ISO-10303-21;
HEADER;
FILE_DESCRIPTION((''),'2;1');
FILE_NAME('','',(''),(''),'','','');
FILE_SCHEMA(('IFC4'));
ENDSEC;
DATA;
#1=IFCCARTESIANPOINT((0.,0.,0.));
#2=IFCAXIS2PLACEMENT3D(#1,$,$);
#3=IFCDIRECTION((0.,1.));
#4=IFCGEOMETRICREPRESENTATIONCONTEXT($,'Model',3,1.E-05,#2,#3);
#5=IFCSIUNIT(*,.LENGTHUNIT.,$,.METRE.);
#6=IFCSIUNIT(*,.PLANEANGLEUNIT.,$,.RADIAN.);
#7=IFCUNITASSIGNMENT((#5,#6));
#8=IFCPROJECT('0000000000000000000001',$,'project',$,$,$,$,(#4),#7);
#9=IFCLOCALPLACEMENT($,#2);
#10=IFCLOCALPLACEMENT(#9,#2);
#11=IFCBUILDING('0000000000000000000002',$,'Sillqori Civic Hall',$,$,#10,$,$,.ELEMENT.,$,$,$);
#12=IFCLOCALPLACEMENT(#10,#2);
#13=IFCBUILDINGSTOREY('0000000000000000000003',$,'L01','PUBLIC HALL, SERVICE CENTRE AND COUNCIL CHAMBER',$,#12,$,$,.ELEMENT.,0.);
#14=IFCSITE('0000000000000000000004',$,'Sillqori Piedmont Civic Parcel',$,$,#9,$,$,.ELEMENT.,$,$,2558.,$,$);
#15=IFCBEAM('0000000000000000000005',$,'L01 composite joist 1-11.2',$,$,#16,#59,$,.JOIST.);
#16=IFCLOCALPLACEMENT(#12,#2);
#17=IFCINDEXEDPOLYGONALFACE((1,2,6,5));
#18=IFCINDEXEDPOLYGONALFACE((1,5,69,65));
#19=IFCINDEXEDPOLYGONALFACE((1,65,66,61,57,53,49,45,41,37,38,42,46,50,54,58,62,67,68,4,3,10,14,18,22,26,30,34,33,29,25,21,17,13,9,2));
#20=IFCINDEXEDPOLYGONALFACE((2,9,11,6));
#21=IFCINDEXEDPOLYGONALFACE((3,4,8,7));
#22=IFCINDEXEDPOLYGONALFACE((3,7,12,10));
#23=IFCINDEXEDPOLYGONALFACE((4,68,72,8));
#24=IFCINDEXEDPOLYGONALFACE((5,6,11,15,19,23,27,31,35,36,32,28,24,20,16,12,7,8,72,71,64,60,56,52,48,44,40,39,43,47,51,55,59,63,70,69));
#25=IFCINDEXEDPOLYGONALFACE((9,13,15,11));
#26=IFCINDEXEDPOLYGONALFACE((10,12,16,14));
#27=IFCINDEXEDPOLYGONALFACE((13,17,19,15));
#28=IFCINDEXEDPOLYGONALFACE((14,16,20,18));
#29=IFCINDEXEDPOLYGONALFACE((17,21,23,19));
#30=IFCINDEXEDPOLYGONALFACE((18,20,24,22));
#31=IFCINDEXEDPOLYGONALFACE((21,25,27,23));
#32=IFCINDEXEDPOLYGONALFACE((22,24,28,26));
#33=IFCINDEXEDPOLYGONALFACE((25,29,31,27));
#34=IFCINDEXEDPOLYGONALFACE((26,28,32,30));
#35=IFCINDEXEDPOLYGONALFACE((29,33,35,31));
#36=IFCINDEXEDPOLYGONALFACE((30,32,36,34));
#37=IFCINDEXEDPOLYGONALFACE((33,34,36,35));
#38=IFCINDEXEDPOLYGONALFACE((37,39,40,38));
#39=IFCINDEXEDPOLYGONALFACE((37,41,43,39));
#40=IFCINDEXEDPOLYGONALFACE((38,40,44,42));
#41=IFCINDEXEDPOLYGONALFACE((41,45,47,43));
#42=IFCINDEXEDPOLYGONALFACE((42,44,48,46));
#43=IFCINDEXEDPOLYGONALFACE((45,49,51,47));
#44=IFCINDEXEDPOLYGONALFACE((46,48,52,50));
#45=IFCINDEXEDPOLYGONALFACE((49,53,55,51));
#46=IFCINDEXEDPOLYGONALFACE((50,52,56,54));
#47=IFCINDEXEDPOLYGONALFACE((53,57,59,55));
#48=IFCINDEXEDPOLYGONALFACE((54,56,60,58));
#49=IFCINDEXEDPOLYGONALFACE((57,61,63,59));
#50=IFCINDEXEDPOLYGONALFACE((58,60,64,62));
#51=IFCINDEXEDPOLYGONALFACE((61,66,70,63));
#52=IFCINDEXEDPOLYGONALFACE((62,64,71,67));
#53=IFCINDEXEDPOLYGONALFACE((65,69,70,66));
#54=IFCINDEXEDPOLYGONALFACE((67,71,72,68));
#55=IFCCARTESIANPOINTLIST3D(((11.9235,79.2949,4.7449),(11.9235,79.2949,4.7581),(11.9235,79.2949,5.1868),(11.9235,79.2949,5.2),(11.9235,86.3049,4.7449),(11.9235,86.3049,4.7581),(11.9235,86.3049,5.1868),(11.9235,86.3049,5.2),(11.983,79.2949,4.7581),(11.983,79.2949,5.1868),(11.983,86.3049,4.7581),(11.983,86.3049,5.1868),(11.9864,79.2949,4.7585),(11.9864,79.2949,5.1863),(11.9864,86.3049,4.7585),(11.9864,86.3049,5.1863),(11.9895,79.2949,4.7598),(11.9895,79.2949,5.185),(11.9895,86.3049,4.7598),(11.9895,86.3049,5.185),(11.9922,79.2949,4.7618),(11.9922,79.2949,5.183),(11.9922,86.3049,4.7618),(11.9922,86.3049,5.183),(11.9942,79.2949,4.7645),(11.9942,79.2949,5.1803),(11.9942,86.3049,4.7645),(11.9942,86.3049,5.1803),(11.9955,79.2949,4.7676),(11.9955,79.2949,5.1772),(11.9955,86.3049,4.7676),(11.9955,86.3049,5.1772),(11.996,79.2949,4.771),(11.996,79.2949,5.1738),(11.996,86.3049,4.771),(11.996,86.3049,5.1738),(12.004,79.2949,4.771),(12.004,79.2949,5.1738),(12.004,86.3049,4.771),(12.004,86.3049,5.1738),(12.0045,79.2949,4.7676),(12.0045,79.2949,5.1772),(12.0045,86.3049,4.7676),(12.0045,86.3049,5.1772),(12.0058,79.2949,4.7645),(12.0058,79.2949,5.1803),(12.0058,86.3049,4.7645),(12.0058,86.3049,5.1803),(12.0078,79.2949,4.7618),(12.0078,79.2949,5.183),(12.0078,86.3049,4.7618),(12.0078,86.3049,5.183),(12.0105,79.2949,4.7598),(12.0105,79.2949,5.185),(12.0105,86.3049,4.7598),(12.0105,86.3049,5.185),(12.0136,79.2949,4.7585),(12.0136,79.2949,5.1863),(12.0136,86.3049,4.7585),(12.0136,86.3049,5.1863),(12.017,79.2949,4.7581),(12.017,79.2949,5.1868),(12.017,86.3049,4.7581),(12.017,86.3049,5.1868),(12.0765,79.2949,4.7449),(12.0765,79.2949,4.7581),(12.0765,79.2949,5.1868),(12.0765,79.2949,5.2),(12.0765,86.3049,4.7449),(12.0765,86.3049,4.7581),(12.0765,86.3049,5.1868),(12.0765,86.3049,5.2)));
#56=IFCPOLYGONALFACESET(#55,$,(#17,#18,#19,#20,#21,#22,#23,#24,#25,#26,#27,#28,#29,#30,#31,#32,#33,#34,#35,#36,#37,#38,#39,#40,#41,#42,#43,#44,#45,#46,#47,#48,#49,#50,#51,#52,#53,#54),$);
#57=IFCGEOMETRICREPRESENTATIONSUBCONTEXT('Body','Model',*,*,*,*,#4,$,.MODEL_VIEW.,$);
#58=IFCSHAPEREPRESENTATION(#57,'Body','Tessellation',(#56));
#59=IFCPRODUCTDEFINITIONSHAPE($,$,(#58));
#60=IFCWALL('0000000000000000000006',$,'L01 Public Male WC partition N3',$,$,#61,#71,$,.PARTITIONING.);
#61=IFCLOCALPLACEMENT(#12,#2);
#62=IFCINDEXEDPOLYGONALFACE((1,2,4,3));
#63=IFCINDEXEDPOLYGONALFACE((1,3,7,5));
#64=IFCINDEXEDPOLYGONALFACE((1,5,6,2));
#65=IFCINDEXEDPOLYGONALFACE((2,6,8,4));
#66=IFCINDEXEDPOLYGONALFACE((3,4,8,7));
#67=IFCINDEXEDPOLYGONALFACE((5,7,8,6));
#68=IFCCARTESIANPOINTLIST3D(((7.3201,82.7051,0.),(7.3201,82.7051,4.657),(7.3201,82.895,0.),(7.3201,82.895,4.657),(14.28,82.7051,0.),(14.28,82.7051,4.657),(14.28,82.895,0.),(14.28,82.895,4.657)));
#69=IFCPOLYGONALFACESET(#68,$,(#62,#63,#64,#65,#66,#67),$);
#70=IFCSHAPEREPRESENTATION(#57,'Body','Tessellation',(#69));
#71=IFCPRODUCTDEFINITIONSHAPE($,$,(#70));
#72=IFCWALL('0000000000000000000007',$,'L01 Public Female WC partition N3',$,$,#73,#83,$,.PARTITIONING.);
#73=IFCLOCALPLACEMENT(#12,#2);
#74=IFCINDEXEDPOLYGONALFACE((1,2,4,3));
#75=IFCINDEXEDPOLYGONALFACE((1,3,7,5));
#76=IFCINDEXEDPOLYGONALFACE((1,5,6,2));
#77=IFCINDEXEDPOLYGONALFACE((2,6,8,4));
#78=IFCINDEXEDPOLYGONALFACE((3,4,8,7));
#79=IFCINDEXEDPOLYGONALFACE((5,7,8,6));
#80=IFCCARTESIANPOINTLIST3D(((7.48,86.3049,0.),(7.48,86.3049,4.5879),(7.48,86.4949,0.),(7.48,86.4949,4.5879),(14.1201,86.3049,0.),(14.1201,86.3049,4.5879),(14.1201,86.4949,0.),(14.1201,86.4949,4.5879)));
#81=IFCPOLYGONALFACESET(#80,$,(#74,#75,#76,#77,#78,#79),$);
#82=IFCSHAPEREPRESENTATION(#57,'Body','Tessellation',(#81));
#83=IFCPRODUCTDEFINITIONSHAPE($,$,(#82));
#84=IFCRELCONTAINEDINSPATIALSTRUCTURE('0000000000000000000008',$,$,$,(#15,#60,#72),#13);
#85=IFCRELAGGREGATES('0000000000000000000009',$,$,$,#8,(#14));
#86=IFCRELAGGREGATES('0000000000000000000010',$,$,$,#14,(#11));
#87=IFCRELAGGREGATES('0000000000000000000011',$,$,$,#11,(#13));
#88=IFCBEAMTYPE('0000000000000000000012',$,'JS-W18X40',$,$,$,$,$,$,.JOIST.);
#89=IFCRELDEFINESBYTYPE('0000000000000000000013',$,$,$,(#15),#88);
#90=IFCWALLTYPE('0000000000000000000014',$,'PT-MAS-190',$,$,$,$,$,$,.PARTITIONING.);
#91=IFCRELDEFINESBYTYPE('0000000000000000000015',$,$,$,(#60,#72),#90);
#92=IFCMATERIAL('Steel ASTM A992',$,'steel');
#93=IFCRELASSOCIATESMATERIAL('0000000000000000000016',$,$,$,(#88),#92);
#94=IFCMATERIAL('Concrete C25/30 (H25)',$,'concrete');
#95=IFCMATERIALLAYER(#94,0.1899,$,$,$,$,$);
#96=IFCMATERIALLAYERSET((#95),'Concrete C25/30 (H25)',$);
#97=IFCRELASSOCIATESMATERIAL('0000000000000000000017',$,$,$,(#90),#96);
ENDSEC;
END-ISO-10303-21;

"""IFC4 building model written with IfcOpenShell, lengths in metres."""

from ifc_helpers import new_model, si_unit, direction, frame, frame_2d, origin, origin_2d, place, context, subcontext, project, spatial, rectangle, i_section, extrude, material, layer, layer_set, material_profile, profile_set, type_object, element, save


model = new_model("IFC4")

# Units and contexts
model_context = context("Model", 3, precision=1e-05, world=origin(), true_north=direction((0.0, 1.0)))
body_context = subcontext(model_context, "Body", "Model", "MODEL_VIEW")
ifc_project = project(units=[si_unit("LENGTHUNIT", "METRE"), si_unit("PLANEANGLEUNIT", "RADIAN")], contexts=[model_context])

# Site, building, storey
site_placement = place(None, origin())
site = spatial("IfcSite", under=ifc_project, at=site_placement, Name="Sillqori Piedmont Civic Parcel", CompositionType="ELEMENT", RefElevation=2558.0)
building_placement = place(site_placement, origin())
building = spatial("IfcBuilding", under=site, at=building_placement, Name="Sillqori Civic Hall", CompositionType="ELEMENT")
storey_placement = place(building_placement, origin())
storey = spatial("IfcBuildingStorey", under=building, at=storey_placement, Name="L01", Description="PUBLIC HALL, SERVICE CENTRE AND COUNCIL CHAMBER", CompositionType="ELEMENT", Elevation=0.0)

# Shared definitions
ifc_material_1 = material(Name="Steel ASTM A992", Category="steel")

# Beam
ifc_material_profile_1 = material_profile(ifc_material_1, i_section(OverallWidth=0.1531, OverallDepth=0.4551, WebThickness=0.0081, FlangeThickness=0.0132, FilletRadius=0.0129, at=origin_2d()), Name="W18X40")
ifc_profile_set_1 = profile_set([ifc_material_profile_1], Name="Steel ASTM A992")
beam_type_1 = type_object("IfcBeamType", Name="JS-W18X40", PredefinedType="JOIST", material=ifc_profile_set_1)
for number, where, z_axis, x_axis, name in (
    (1, (12.0, 79.2949, 4.9724), (0.0, 1.0, 0.0), (-1.0, 0.0, 0.0), "L01 composite joist 1-11.2"),
):
    element("IfcBeam", number, at=place(storey_placement, frame(where, z_axis=z_axis, x_axis=x_axis)), inside=storey, type_object=beam_type_1, Name=name, PredefinedType="JOIST", context=body_context, shape_type="SweptSolid", body=[
        extrude(i_section(OverallWidth=0.1531, OverallDepth=0.4551, WebThickness=0.0081, FlangeThickness=0.0132, FilletRadius=0.0129, at=origin_2d()), origin(), (0.0, 0.0, 1.0), 7.01),
    ])

# Walls
ifc_material_2 = material(Name="Concrete C25/30 (H25)", Category="concrete")
ifc_layer_1 = layer(ifc_material_2, 0.1899)
ifc_layer_set_1 = layer_set([ifc_layer_1], Name="Concrete C25/30 (H25)")
wall_type = type_object("IfcWallType", Name="PT-MAS-190", PredefinedType="PARTITIONING", material=ifc_layer_set_1)
wall_1_placement = place(storey_placement, frame((7.3201, 82.8, 0.0), z_axis=(0.0, 0.0, 1.0), x_axis=(1.0, 0.0, 0.0)))
element("IfcWall", 2, at=wall_1_placement, inside=storey, type_object=wall_type, Name="L01 Public Male WC partition N3", PredefinedType="PARTITIONING", context=body_context, shape_type="SweptSolid", body=[
    extrude(rectangle(XDim=6.96, YDim=0.1899, at=frame_2d((3.48, 0.0))), origin(), (0.0, 0.0, 1.0), 4.657),
])
wall_2_placement = place(storey_placement, frame((7.48, 86.3999, 0.0), z_axis=(0.0, 0.0, 1.0), x_axis=(1.0, 0.0, 0.0)))
element("IfcWall", 3, at=wall_2_placement, inside=storey, type_object=wall_type, Name="L01 Public Female WC partition N3", PredefinedType="PARTITIONING", context=body_context, shape_type="SweptSolid", body=[
    extrude(rectangle(XDim=6.6401, YDim=0.1899, at=frame_2d((3.3201, 0.0))), origin(), (0.0, 0.0, 1.0), 4.5879),
])

save(model, "model.ifc")
